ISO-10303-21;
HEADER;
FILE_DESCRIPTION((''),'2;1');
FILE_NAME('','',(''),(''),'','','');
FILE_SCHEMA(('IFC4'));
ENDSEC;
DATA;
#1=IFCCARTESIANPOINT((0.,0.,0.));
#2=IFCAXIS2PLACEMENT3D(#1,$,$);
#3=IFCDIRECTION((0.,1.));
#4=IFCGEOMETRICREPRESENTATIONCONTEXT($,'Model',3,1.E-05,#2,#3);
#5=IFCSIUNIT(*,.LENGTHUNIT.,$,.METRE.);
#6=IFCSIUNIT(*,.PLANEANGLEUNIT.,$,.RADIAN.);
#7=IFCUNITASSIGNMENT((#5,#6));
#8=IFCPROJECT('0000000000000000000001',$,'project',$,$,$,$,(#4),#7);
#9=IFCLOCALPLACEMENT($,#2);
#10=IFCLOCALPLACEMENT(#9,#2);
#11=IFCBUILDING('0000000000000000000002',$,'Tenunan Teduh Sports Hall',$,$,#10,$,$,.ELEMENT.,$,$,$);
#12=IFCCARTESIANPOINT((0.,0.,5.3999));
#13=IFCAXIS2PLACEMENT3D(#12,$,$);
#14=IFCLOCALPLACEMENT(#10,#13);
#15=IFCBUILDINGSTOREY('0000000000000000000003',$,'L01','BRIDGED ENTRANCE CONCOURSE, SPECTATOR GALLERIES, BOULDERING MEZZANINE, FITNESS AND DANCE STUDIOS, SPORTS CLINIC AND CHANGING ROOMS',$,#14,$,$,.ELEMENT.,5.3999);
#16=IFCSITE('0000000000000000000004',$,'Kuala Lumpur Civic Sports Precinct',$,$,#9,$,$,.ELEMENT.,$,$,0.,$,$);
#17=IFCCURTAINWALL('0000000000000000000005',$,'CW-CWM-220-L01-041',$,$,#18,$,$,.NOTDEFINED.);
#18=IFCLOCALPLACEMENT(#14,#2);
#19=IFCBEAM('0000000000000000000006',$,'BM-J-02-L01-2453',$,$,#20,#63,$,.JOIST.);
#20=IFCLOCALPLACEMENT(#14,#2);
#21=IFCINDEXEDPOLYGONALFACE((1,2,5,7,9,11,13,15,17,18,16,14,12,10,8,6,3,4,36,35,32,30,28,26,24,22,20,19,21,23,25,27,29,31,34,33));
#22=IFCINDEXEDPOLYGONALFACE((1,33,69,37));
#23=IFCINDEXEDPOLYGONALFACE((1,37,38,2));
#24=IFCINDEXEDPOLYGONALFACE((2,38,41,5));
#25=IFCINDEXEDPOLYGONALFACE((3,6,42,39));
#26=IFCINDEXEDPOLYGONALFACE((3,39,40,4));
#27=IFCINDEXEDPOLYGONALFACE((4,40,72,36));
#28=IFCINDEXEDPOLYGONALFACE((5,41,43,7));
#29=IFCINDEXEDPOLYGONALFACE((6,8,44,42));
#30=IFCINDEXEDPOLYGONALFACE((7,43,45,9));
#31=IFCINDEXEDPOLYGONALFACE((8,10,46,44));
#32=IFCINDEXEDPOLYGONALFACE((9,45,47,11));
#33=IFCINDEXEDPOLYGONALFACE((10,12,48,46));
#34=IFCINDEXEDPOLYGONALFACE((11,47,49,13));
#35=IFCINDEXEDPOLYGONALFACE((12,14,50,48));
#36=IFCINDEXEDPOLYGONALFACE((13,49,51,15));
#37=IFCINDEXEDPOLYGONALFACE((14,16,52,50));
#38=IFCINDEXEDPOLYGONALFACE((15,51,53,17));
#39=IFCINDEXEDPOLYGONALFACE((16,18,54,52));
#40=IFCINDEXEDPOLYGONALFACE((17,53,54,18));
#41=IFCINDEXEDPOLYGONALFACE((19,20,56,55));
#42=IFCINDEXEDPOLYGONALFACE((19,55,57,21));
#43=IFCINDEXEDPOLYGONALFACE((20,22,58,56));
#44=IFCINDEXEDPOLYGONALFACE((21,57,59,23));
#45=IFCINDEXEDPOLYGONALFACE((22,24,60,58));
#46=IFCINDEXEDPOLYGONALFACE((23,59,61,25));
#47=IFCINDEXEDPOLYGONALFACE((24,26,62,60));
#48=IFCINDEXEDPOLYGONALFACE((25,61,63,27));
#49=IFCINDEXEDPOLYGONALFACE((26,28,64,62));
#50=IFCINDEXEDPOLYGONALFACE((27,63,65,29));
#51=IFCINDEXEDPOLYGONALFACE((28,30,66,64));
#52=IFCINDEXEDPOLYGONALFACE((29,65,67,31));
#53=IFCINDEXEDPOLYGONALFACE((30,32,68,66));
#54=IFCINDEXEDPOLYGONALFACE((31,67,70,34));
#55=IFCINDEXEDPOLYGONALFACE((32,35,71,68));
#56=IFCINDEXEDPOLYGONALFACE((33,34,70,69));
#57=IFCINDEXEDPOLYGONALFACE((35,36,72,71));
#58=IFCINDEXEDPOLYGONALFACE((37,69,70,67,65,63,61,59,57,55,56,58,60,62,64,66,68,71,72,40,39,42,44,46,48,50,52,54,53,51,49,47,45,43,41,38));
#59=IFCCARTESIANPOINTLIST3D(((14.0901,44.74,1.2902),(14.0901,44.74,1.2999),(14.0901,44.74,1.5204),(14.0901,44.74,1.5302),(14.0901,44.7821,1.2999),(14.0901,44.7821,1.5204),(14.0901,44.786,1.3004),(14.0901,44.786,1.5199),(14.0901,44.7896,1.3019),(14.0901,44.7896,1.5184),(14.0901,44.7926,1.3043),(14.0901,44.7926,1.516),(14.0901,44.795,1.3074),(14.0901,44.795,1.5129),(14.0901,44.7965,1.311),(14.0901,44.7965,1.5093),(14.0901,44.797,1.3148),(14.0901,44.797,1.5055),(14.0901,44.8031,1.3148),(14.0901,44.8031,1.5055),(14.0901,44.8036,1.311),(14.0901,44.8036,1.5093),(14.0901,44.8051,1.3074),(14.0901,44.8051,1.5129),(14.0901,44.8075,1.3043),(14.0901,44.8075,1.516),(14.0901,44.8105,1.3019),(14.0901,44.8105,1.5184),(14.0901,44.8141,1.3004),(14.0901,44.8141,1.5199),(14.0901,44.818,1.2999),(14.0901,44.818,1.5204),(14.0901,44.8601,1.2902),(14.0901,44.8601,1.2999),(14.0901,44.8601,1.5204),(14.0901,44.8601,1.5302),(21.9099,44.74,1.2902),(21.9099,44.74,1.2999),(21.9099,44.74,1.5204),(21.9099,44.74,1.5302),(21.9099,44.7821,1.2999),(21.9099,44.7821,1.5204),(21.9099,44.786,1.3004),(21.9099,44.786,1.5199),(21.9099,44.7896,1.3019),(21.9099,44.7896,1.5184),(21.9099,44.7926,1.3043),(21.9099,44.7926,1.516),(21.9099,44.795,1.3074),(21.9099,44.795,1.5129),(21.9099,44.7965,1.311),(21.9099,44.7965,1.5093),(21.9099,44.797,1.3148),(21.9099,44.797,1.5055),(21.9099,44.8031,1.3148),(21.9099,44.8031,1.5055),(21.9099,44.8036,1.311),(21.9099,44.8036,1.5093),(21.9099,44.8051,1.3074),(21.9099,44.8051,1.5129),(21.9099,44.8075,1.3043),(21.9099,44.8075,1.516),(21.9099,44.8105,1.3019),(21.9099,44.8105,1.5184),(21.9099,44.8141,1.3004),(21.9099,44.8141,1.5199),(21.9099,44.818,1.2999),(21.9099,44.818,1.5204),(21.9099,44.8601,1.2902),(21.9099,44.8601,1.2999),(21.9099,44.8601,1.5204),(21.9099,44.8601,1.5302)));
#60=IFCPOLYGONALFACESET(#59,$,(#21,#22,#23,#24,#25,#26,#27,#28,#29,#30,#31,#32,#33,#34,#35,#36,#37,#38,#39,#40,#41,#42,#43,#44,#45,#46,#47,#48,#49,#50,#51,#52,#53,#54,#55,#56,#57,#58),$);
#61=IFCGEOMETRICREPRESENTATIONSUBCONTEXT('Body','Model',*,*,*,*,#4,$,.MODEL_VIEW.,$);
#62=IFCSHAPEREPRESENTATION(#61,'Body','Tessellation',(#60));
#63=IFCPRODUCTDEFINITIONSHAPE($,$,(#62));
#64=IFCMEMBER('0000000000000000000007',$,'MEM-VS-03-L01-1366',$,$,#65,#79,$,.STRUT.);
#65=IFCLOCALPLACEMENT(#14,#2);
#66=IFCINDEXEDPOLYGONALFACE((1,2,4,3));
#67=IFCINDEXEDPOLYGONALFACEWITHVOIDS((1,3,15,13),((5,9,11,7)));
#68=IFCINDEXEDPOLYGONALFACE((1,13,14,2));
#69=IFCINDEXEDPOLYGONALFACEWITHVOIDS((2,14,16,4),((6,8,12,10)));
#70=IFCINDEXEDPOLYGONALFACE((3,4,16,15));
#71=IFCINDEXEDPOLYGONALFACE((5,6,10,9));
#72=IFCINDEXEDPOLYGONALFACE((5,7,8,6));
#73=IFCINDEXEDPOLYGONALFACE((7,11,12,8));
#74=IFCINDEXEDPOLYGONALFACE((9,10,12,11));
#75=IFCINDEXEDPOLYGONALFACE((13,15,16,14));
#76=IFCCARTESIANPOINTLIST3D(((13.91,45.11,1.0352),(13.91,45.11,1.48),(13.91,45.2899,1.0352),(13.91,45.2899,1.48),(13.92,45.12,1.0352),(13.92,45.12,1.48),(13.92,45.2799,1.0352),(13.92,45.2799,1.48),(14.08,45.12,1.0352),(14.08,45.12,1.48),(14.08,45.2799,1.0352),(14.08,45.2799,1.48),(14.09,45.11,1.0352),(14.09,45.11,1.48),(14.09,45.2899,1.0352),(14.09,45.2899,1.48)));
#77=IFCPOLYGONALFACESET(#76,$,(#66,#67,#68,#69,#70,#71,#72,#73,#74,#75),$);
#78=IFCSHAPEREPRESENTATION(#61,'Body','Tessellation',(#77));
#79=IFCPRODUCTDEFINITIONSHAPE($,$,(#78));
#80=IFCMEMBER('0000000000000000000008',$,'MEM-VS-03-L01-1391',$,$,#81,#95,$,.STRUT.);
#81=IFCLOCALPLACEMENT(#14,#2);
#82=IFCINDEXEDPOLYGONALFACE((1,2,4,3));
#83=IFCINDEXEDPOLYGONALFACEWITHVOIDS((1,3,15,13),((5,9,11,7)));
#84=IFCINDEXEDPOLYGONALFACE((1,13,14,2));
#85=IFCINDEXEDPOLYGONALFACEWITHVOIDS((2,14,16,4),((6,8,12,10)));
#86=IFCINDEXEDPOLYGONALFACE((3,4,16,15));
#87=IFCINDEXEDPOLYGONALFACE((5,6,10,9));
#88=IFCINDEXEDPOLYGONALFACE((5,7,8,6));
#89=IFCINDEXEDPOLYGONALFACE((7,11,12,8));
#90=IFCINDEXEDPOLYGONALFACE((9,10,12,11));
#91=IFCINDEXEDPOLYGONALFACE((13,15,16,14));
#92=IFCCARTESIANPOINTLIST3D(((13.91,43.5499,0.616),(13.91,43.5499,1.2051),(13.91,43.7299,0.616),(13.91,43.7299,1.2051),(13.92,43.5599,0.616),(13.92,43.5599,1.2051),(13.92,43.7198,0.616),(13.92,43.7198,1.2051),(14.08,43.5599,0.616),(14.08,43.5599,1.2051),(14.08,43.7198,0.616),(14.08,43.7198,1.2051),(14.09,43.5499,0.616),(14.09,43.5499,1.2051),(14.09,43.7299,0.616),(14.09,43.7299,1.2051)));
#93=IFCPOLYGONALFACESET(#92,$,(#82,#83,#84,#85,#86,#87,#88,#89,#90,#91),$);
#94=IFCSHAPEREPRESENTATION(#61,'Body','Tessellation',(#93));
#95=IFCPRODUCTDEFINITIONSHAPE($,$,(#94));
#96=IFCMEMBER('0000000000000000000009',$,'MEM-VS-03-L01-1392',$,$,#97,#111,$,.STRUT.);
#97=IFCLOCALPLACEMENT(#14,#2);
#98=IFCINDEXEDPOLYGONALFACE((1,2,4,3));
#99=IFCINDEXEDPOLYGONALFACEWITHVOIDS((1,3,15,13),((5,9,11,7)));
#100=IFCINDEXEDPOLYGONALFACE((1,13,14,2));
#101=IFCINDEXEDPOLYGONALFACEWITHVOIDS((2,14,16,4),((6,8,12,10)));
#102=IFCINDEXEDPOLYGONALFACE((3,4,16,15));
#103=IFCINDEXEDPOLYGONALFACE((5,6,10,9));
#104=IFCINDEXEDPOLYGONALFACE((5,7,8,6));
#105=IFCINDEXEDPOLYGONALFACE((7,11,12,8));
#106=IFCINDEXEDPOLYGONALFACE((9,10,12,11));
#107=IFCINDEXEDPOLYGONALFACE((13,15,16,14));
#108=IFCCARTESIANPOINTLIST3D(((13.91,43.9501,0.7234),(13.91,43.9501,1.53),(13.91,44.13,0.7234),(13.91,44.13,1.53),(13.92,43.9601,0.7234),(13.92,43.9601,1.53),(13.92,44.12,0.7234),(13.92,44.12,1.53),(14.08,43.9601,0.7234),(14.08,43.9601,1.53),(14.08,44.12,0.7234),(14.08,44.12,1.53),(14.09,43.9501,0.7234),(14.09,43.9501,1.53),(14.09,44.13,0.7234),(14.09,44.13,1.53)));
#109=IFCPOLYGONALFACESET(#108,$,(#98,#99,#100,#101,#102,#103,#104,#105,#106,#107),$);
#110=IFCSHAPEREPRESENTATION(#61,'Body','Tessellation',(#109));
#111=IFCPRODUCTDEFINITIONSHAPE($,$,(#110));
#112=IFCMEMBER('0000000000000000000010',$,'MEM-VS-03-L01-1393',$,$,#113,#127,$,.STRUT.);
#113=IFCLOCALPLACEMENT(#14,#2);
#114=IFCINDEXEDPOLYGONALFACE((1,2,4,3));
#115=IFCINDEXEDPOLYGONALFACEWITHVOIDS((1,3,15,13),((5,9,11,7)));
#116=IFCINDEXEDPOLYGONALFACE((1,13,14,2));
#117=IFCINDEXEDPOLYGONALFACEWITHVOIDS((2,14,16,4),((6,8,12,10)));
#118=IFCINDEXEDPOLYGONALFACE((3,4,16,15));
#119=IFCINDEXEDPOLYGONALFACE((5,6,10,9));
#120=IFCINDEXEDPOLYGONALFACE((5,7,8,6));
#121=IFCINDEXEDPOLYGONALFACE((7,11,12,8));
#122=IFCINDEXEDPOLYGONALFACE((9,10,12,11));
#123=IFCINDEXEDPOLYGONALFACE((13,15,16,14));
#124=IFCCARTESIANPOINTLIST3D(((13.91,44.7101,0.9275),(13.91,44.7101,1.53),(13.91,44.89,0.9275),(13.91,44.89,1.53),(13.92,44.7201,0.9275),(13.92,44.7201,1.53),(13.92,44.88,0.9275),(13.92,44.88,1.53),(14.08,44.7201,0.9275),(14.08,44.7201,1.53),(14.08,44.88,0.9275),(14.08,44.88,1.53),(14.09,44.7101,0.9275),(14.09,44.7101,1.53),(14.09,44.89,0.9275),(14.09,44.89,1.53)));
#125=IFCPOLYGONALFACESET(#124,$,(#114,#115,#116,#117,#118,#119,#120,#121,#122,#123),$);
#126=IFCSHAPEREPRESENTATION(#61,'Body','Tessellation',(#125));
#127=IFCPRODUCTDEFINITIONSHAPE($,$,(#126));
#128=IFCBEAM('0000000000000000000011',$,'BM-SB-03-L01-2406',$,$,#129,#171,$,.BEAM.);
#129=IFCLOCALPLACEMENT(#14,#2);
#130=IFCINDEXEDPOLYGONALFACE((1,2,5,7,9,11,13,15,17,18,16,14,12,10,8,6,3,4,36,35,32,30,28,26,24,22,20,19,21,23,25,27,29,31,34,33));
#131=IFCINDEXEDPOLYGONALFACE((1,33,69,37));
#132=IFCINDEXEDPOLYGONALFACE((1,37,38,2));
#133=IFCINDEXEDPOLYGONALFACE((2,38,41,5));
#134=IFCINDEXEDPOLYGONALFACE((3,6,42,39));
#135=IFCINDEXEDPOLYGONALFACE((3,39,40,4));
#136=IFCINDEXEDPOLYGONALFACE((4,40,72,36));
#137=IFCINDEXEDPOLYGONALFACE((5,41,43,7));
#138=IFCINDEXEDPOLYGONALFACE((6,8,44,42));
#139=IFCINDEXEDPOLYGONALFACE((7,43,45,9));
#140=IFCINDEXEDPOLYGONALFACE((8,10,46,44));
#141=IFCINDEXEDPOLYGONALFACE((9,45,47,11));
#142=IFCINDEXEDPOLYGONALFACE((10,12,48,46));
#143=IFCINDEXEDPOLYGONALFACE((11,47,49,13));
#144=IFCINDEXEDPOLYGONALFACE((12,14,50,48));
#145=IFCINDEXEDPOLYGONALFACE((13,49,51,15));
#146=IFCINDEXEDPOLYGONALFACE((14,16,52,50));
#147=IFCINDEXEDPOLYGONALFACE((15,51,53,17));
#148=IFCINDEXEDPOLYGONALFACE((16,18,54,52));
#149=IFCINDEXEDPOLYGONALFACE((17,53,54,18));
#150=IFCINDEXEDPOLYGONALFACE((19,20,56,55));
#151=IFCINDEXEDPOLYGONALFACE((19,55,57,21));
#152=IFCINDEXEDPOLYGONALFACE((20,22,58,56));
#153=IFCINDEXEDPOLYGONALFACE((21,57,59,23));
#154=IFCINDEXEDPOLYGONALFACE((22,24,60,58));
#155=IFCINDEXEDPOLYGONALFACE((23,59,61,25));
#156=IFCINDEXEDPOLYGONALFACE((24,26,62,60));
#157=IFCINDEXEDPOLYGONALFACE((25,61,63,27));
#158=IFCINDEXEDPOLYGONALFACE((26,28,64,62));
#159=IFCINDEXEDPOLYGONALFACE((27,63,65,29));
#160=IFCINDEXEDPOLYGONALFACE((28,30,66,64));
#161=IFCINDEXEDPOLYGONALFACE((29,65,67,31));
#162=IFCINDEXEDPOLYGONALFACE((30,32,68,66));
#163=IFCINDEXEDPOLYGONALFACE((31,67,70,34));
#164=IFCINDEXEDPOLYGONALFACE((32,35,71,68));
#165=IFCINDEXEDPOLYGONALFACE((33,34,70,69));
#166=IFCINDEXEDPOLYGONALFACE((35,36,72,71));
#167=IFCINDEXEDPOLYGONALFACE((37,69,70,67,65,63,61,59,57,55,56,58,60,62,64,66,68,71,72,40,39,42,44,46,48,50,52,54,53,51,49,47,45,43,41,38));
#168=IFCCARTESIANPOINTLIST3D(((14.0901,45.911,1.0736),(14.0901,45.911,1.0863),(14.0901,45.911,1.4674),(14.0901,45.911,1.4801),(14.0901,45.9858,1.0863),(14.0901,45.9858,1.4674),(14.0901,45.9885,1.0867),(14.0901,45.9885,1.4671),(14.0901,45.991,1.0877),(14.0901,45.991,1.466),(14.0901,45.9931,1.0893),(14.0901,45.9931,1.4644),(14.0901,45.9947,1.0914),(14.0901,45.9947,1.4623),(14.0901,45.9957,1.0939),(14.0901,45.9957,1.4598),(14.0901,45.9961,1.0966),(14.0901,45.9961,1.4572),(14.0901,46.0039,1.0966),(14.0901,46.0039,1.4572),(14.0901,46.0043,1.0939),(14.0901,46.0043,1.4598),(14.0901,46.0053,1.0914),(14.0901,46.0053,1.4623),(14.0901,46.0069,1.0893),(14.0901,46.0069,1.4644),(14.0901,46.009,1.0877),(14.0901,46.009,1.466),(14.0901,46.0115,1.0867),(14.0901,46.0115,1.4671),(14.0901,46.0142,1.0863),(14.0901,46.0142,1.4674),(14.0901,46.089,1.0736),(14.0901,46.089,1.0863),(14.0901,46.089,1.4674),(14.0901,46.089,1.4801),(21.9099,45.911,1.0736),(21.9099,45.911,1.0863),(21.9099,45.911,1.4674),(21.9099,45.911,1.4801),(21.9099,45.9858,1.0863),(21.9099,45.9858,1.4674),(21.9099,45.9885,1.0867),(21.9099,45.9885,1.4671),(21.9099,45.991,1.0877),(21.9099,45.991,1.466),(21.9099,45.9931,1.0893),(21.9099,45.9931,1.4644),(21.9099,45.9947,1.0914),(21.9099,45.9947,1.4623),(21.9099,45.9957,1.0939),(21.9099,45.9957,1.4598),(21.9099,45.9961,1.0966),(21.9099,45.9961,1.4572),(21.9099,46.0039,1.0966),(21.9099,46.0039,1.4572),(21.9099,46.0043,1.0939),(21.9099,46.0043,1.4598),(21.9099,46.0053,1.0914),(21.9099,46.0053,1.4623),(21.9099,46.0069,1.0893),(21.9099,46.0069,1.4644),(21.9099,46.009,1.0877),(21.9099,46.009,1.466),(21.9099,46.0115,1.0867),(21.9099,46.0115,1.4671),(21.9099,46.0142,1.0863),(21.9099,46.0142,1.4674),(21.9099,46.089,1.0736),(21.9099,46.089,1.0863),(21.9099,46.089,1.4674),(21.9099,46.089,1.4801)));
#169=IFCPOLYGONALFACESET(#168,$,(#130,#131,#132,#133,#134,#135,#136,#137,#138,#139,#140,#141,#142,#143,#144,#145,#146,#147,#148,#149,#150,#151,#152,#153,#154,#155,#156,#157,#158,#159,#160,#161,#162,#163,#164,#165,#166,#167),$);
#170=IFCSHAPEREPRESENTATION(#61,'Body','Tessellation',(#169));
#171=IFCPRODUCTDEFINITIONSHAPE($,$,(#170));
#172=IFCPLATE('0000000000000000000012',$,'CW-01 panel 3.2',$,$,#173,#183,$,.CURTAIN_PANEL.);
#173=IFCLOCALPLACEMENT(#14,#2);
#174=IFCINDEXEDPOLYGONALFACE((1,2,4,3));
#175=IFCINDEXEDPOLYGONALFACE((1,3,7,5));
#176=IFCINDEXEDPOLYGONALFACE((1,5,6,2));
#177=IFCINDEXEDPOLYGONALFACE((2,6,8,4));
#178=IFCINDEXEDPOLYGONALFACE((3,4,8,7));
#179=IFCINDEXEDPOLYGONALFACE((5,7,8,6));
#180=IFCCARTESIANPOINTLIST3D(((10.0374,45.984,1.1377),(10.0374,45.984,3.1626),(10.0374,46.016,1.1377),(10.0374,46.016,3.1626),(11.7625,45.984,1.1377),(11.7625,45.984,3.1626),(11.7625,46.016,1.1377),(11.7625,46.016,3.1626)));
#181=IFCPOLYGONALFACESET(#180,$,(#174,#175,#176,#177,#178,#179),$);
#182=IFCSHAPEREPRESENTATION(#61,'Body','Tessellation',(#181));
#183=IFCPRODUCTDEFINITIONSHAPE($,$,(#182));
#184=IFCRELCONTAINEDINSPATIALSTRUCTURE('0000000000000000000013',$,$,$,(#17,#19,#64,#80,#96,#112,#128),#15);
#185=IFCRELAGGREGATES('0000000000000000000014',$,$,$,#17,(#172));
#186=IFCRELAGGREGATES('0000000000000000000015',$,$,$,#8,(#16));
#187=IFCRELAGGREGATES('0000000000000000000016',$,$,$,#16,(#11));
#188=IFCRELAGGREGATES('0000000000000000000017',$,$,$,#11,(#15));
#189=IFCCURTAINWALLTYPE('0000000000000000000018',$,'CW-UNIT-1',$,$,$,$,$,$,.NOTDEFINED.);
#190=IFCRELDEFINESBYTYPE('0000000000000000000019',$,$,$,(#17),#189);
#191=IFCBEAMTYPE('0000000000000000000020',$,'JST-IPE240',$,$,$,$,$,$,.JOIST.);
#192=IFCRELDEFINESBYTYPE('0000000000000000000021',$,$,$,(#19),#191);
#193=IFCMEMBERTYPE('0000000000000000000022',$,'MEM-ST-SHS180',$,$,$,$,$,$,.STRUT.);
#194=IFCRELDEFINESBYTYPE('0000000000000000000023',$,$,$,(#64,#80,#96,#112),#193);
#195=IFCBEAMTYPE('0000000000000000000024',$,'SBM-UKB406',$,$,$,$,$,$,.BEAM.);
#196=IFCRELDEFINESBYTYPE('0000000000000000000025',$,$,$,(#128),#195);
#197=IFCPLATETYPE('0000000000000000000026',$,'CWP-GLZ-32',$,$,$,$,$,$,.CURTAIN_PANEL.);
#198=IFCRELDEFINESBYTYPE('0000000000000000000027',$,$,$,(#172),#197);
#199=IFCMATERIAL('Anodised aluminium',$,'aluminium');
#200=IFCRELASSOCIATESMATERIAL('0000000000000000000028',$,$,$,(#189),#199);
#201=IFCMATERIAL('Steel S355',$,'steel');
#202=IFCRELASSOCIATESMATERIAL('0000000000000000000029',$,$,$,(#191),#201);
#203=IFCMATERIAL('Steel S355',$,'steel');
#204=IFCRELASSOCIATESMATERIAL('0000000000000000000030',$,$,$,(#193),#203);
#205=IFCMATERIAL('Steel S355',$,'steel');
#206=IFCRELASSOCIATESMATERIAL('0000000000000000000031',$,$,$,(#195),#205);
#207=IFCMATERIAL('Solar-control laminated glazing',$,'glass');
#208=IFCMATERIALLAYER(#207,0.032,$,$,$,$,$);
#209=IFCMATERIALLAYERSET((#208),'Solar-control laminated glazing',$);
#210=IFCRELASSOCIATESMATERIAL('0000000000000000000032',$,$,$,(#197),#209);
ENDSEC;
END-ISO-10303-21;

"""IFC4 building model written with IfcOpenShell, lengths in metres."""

from ifc_helpers import new_model, si_unit, direction, frame, origin, origin_2d, place, context, subcontext, project, spatial, rectangle, hollow_rectangle, i_section, extrude, material, layer, layer_set, material_profile, profile_set, type_object, element, aggregate, save


model = new_model("IFC4")

# Units and contexts
model_context = context("Model", 3, precision=1e-05, world=origin(), true_north=direction((0.0, 1.0)))
body_context = subcontext(model_context, "Body", "Model", "MODEL_VIEW")
ifc_project = project(units=[si_unit("LENGTHUNIT", "METRE"), si_unit("PLANEANGLEUNIT", "RADIAN")], contexts=[model_context])

# Site, building, storey
site_placement = place(None, origin())
site = spatial("IfcSite", under=ifc_project, at=site_placement, Name="Kuala Lumpur Civic Sports Precinct", CompositionType="ELEMENT", RefElevation=0.0)
building_placement = place(site_placement, origin())
building = spatial("IfcBuilding", under=site, at=building_placement, Name="Tenunan Teduh Sports Hall", CompositionType="ELEMENT")
storey_placement = place(building_placement, frame((0.0, 0.0, 5.3999)))
storey = spatial("IfcBuildingStorey", under=building, at=storey_placement, Name="L01", Description="BRIDGED ENTRANCE CONCOURSE, SPECTATOR GALLERIES, BOULDERING MEZZANINE, FITNESS AND DANCE STUDIOS, SPORTS CLINIC AND CHANGING ROOMS", CompositionType="ELEMENT", Elevation=5.3999)

# Shared definitions
ifc_material_1 = material(Name="Anodised aluminium", Category="aluminium")
curtain_wall_type = type_object("IfcCurtainWallType", Name="CW-UNIT-1", PredefinedType="NOTDEFINED", material=ifc_material_1)

# Curtain wall
curtain_wall_1_placement = place(storey_placement, origin())
curtain_wall_1 = element("IfcCurtainWall", 1, at=curtain_wall_1_placement, inside=storey, type_object=curtain_wall_type, Name="CW-CWM-220-L01-041", PredefinedType="NOTDEFINED")

# Beam
ifc_material_2 = material(Name="Steel S355", Category="steel")
ifc_material_profile_1 = material_profile(ifc_material_2, i_section(OverallWidth=0.1201, OverallDepth=0.24, WebThickness=0.0061, FlangeThickness=0.0098, FilletRadius=0.0149, at=origin_2d()), Name="IPE 240")
ifc_profile_set_1 = profile_set([ifc_material_profile_1], Name="Steel S355")
beam_type_1 = type_object("IfcBeamType", Name="JST-IPE240", PredefinedType="JOIST", material=ifc_profile_set_1)
for number, where, z_axis, x_axis, name in (
    (2, (14.0901, 44.8, 1.4102), (1.0, 0.0, 0.0), (0.0, 1.0, 0.0), "BM-J-02-L01-2453"),
):
    element("IfcBeam", number, at=place(storey_placement, frame(where, z_axis=z_axis, x_axis=x_axis)), inside=storey, type_object=beam_type_1, Name=name, PredefinedType="JOIST", context=body_context, shape_type="SweptSolid", body=[
        extrude(i_section(OverallWidth=0.1201, OverallDepth=0.24, WebThickness=0.0061, FlangeThickness=0.0098, FilletRadius=0.0149, at=origin_2d()), origin(), (0.0, 0.0, 1.0), 7.8198),
    ])

# Members
ifc_material_3 = material(Name="Steel S355", Category="steel")
ifc_material_profile_2 = material_profile(ifc_material_3, hollow_rectangle(XDim=0.1799, YDim=0.1799, WallThickness=0.01, at=origin_2d()), Name="SHS 180x180x10.0")
ifc_profile_set_2 = profile_set([ifc_material_profile_2], Name="Steel S355")
member_type_1 = type_object("IfcMemberType", Name="MEM-ST-SHS180", PredefinedType="STRUT", material=ifc_profile_set_2)
member_1_placement = place(storey_placement, frame((14.0, 45.2, 1.0352), z_axis=(0.0, 0.0, 1.0), x_axis=(1.0, 0.0, 0.0)))
element("IfcMember", 3, at=member_1_placement, inside=storey, type_object=member_type_1, Name="MEM-VS-03-L01-1366", PredefinedType="STRUT", context=body_context, shape_type="SweptSolid", body=[
    extrude(hollow_rectangle(XDim=0.1799, YDim=0.1799, WallThickness=0.01, at=origin_2d()), origin(), (0.0, 0.0, 1.0), 0.4448),
])
member_2_placement = place(storey_placement, frame((14.0, 43.6399, 0.616), z_axis=(0.0, 0.0, 1.0), x_axis=(1.0, 0.0, 0.0)))
element("IfcMember", 4, at=member_2_placement, inside=storey, type_object=member_type_1, Name="MEM-VS-03-L01-1391", PredefinedType="STRUT", context=body_context, shape_type="SweptSolid", body=[
    extrude(hollow_rectangle(XDim=0.1799, YDim=0.1799, WallThickness=0.01, at=origin_2d()), origin(), (0.0, 0.0, 1.0), 0.5891),
])
member_3_placement = place(storey_placement, frame((14.0, 44.04, 0.7234), z_axis=(0.0, 0.0, 1.0), x_axis=(1.0, 0.0, 0.0)))
element("IfcMember", 5, at=member_3_placement, inside=storey, type_object=member_type_1, Name="MEM-VS-03-L01-1392", PredefinedType="STRUT", context=body_context, shape_type="SweptSolid", body=[
    extrude(hollow_rectangle(XDim=0.1799, YDim=0.1799, WallThickness=0.01, at=origin_2d()), origin(), (0.0, 0.0, 1.0), 0.8066),
])
member_4_placement = place(storey_placement, frame((14.0, 44.8, 0.9275), z_axis=(0.0, 0.0, 1.0), x_axis=(1.0, 0.0, 0.0)))
element("IfcMember", 6, at=member_4_placement, inside=storey, type_object=member_type_1, Name="MEM-VS-03-L01-1393", PredefinedType="STRUT", context=body_context, shape_type="SweptSolid", body=[
    extrude(hollow_rectangle(XDim=0.1799, YDim=0.1799, WallThickness=0.01, at=origin_2d()), origin(), (0.0, 0.0, 1.0), 0.6025),
])

# Beam
ifc_material_4 = material(Name="Steel S355", Category="steel")
ifc_material_profile_3 = material_profile(ifc_material_4, i_section(OverallWidth=0.178, OverallDepth=0.4065, WebThickness=0.0078, FlangeThickness=0.0127, FilletRadius=0.0103, at=origin_2d()), Name="UKB 406x178x60")
ifc_profile_set_3 = profile_set([ifc_material_profile_3], Name="Steel S355")
beam_type_2 = type_object("IfcBeamType", Name="SBM-UKB406", PredefinedType="BEAM", material=ifc_profile_set_3)
beam_1_placement = place(storey_placement, frame((14.0901, 46.0, 1.2769), z_axis=(1.0, 0.0, 0.0), x_axis=(0.0, 1.0, 0.0)))
element("IfcBeam", 7, at=beam_1_placement, inside=storey, type_object=beam_type_2, Name="BM-SB-03-L01-2406", PredefinedType="BEAM", context=body_context, shape_type="SweptSolid", body=[
    extrude(i_section(OverallWidth=0.178, OverallDepth=0.4065, WebThickness=0.0078, FlangeThickness=0.0127, FilletRadius=0.0103, at=origin_2d()), origin(), (0.0, 0.0, 1.0), 7.8198),
])

# Plate
ifc_material_5 = material(Name="Solar-control laminated glazing", Category="glass")
ifc_layer_1 = layer(ifc_material_5, 0.032)
ifc_layer_set_1 = layer_set([ifc_layer_1], Name="Solar-control laminated glazing")
plate_type_1 = type_object("IfcPlateType", Name="CWP-GLZ-32", PredefinedType="CURTAIN_PANEL", material=ifc_layer_set_1)
plate_1_placement = place(storey_placement, frame((10.8999, 46.0, 1.1377), z_axis=(0.0, 0.0, 1.0), x_axis=(1.0, 0.0, 0.0)))
plate_1 = element("IfcPlate", 8, at=plate_1_placement, type_object=plate_type_1, Name="CW-01 panel 3.2", PredefinedType="CURTAIN_PANEL", context=body_context, shape_type="SweptSolid", body=[
    extrude(rectangle(XDim=1.7251, YDim=0.032, at=origin_2d()), origin(), (0.0, 0.0, 1.0), 2.0249),
])
aggregate(curtain_wall_1, [plate_1])

save(model, "model.ifc")
